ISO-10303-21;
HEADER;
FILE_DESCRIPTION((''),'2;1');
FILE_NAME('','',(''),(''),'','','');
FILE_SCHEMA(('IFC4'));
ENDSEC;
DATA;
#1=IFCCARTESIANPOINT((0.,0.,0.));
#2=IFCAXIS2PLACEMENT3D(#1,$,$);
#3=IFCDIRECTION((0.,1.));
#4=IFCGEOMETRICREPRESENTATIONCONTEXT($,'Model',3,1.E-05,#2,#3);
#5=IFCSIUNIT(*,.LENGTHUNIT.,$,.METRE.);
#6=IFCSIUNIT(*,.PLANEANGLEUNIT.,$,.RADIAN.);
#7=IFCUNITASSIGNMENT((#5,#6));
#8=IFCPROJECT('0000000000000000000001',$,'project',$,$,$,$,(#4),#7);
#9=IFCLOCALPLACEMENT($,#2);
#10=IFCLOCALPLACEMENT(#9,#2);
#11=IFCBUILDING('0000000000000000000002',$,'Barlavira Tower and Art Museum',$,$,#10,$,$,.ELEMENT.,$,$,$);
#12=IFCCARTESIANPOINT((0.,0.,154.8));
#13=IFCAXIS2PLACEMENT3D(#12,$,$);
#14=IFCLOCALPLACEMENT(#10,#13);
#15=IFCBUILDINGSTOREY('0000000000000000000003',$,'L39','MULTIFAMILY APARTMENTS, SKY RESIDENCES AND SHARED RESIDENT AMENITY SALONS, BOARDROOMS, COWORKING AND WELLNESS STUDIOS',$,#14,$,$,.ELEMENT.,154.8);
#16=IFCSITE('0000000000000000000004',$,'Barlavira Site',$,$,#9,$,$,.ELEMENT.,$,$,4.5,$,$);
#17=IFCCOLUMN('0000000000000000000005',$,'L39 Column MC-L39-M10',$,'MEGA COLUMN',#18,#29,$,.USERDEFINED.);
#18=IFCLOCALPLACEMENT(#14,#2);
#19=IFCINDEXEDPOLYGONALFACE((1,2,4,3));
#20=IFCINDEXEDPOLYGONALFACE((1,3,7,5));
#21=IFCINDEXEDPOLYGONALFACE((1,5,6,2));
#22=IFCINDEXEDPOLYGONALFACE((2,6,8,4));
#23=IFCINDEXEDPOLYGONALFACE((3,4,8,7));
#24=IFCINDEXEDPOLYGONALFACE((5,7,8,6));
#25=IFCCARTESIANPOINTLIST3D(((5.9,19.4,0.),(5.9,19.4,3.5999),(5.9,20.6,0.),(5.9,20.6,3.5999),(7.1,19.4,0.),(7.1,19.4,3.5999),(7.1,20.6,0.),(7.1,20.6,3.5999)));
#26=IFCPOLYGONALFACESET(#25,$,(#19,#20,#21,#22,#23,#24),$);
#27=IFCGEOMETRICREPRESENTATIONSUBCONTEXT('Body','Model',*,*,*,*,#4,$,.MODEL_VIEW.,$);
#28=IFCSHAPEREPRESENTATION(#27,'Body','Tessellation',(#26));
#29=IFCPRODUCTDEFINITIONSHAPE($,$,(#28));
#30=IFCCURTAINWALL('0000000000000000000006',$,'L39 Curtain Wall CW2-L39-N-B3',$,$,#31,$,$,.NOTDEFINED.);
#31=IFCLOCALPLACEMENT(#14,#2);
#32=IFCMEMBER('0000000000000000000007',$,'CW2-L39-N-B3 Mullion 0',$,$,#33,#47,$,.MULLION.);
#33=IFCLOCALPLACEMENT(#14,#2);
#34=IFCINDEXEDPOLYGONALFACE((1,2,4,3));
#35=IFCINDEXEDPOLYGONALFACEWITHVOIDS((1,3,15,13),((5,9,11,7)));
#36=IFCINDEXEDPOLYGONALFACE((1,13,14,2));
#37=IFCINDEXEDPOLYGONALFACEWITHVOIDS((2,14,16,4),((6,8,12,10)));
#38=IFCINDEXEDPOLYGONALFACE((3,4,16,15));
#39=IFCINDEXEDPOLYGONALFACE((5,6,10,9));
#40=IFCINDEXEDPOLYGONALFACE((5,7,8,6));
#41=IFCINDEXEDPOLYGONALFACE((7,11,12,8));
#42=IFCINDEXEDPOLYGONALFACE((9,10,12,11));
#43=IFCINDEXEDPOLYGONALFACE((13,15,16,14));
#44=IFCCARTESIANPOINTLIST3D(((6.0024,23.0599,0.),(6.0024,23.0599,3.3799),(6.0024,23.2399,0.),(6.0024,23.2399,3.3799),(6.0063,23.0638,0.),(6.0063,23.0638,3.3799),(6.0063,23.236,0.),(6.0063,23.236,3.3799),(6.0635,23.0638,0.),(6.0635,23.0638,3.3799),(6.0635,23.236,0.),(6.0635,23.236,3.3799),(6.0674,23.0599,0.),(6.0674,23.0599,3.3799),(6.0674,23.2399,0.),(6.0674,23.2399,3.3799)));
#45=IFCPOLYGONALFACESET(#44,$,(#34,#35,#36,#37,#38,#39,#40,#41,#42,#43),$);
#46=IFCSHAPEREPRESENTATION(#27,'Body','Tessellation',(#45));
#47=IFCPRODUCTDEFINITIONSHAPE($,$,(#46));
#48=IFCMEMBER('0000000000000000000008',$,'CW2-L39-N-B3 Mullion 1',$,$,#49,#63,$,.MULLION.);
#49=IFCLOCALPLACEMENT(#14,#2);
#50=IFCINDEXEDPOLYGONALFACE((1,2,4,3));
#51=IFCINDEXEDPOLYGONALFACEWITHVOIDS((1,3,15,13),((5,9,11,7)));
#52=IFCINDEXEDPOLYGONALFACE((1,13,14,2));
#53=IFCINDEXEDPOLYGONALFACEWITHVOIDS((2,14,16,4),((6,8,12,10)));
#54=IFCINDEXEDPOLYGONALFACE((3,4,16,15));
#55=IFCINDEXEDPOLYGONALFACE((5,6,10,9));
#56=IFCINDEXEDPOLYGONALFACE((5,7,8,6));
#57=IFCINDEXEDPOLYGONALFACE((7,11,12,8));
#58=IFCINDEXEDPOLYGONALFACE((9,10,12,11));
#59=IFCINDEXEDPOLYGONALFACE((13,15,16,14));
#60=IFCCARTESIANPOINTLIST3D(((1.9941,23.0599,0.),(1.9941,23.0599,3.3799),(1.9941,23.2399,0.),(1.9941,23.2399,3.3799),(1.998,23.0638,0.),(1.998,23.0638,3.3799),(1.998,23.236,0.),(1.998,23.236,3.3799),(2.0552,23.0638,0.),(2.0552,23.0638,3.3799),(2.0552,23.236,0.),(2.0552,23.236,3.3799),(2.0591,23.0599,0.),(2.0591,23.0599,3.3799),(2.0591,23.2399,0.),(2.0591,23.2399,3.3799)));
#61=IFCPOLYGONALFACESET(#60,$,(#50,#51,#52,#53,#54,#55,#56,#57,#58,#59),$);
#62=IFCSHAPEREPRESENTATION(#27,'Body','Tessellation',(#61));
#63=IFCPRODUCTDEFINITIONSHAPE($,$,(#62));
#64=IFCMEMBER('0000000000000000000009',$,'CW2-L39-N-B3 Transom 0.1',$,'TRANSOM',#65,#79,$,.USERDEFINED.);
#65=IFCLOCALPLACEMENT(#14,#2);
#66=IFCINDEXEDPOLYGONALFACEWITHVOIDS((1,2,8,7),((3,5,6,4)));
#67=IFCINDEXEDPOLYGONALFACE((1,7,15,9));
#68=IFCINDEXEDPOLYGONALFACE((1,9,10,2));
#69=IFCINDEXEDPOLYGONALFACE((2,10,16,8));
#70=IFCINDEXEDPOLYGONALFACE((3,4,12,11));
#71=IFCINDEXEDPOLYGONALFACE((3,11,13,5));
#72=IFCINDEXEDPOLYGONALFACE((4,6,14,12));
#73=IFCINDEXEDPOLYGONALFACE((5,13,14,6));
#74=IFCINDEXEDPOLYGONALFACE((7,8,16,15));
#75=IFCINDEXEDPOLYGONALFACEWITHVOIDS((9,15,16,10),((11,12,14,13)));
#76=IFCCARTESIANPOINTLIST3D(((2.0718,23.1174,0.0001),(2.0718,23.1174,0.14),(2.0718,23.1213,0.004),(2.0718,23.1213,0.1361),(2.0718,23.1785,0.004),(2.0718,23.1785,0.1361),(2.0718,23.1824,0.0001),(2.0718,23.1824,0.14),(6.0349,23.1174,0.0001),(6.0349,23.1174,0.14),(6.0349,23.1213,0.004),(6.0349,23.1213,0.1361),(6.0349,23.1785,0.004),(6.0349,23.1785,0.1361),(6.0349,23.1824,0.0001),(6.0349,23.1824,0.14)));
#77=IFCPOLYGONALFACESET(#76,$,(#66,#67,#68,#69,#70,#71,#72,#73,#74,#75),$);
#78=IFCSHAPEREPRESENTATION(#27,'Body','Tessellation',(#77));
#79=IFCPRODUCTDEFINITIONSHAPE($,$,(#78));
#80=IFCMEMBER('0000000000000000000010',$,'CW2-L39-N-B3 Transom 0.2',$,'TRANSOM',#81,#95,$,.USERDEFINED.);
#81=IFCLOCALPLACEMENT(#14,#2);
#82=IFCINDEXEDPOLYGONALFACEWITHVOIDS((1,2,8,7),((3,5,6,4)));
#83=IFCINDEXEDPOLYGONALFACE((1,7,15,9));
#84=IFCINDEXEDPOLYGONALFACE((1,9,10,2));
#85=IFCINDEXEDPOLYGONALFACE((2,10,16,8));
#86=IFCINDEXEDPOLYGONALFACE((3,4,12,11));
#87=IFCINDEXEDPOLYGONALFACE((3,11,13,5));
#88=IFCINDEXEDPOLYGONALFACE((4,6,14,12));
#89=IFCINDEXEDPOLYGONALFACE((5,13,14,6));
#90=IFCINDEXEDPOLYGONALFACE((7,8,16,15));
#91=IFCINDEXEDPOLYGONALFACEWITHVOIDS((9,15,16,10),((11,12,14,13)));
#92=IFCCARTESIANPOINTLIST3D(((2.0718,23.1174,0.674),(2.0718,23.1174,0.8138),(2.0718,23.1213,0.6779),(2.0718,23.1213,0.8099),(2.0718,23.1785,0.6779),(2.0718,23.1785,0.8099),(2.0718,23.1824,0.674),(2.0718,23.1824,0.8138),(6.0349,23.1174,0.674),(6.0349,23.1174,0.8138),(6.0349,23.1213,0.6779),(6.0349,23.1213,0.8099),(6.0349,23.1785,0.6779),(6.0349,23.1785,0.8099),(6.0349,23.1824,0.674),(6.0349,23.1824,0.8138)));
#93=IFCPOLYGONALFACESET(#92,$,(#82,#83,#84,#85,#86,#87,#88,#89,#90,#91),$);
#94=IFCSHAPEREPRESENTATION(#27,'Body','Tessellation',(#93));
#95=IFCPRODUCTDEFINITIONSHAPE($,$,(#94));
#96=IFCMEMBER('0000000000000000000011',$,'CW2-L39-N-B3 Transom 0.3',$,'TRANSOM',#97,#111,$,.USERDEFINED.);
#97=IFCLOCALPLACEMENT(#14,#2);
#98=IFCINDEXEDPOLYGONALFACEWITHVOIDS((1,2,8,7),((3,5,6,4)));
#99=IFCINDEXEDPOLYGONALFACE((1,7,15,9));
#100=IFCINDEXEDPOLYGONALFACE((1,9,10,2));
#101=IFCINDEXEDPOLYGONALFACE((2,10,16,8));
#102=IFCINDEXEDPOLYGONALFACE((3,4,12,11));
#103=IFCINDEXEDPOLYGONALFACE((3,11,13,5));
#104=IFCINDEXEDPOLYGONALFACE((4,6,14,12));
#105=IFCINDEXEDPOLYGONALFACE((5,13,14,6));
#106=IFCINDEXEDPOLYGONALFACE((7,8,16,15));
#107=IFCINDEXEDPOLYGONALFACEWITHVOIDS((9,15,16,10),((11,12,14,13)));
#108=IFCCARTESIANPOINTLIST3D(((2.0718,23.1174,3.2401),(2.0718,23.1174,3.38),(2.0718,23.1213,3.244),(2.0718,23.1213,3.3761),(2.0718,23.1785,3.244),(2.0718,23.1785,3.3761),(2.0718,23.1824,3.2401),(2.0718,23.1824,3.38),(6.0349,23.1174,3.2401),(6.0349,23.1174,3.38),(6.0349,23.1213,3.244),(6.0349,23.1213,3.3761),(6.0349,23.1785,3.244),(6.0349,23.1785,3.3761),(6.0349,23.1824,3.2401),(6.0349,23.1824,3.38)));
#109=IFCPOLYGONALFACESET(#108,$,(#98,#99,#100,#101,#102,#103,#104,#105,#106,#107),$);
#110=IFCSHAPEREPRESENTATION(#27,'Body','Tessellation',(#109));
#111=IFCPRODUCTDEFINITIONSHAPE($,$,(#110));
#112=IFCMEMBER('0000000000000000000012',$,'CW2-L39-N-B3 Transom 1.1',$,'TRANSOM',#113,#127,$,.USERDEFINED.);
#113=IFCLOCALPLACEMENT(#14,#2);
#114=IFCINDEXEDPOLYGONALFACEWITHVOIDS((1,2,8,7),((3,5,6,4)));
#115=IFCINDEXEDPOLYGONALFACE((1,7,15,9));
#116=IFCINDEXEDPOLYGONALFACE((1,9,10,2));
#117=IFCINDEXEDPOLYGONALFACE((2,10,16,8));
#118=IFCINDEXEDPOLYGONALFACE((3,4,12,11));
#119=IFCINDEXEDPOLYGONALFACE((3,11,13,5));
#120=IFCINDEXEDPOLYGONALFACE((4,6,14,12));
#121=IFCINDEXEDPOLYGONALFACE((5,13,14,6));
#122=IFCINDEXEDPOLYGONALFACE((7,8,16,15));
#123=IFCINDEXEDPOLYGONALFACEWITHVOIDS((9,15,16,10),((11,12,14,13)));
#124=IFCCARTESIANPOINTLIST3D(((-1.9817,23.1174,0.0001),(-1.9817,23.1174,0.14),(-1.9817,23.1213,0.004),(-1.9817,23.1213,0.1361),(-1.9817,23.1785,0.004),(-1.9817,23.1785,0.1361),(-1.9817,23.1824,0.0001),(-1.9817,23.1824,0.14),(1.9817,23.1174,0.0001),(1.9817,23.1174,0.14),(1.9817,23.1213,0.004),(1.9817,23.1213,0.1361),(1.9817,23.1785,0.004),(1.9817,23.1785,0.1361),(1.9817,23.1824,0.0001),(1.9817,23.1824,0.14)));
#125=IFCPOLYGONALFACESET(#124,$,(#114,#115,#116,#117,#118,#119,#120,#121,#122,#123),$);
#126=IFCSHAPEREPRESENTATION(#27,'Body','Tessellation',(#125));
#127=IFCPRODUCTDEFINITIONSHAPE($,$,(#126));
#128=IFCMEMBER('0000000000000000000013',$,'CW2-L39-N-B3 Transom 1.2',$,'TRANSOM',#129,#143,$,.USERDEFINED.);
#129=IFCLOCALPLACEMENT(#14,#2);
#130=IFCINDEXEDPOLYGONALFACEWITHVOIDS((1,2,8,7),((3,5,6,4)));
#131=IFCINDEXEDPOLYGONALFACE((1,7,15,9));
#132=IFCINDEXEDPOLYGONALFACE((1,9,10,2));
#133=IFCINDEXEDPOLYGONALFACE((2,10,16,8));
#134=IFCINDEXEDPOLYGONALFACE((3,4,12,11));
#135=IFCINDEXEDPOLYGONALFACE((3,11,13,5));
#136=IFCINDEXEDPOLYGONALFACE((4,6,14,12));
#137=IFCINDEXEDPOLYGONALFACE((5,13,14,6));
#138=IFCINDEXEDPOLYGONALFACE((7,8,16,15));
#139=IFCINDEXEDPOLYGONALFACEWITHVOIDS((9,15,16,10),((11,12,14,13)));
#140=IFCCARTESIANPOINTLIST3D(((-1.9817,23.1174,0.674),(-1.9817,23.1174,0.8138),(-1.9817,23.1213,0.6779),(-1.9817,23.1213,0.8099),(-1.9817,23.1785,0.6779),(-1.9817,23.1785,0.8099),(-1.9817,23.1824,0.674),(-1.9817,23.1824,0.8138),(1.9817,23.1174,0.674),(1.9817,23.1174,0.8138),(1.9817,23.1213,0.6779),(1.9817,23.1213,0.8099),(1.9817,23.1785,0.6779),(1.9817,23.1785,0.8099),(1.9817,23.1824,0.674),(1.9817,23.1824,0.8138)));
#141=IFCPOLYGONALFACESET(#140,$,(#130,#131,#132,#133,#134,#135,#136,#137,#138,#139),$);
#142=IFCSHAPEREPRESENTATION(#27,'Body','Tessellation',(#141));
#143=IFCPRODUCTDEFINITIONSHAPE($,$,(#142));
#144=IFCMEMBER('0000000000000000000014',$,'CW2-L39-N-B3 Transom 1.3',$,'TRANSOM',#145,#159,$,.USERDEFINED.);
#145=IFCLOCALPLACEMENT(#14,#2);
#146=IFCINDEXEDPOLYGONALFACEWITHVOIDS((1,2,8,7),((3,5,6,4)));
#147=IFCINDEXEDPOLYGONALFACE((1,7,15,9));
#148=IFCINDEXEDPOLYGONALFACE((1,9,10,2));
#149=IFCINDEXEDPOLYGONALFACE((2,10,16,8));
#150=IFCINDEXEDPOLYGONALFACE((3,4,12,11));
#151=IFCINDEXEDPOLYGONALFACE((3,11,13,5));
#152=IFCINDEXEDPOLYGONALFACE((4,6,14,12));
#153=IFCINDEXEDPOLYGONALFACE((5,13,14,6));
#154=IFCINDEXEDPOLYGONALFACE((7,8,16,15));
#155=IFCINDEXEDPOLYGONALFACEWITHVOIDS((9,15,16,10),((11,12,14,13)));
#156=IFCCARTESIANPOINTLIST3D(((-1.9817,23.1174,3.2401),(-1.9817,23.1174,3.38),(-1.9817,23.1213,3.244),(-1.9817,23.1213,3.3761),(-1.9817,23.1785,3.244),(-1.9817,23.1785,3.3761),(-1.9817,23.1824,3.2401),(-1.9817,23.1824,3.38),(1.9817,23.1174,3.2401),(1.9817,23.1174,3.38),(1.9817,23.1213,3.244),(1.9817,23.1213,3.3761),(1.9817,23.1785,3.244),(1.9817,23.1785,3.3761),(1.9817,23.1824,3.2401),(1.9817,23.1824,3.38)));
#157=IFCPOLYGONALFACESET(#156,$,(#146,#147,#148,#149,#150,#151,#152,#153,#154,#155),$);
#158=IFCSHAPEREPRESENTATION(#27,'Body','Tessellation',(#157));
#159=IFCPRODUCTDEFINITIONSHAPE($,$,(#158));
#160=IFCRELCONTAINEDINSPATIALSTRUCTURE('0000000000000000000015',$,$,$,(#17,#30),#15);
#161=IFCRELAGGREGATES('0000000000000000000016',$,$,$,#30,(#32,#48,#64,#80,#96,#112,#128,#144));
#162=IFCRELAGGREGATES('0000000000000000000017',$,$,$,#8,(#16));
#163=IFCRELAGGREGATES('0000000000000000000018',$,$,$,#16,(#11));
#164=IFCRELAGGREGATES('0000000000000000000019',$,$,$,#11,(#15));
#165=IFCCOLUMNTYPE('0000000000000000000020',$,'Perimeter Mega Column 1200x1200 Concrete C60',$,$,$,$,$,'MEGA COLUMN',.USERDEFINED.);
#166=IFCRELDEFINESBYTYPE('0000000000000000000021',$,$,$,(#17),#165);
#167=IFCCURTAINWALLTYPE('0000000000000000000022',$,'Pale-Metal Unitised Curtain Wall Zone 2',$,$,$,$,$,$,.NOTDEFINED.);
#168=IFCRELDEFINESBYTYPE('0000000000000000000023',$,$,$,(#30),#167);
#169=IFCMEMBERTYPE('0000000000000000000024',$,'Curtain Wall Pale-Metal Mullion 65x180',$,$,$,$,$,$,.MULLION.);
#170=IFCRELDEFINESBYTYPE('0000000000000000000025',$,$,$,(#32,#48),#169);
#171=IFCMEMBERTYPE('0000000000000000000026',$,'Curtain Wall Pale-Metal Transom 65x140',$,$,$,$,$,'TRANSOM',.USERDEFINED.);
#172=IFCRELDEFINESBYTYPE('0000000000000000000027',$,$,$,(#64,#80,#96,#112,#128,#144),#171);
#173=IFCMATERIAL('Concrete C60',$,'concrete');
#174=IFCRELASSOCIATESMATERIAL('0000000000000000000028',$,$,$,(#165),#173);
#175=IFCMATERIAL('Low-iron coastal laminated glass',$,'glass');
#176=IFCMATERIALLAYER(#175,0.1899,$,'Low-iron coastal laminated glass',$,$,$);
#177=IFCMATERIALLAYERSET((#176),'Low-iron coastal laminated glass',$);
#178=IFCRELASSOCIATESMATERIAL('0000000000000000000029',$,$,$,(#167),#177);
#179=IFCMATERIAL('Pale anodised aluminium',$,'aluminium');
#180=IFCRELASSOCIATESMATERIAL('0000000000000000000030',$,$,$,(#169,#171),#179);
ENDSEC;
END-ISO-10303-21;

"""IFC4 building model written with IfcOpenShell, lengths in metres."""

from ifc_helpers import new_model, si_unit, direction, frame, origin, origin_2d, place, context, subcontext, project, spatial, rectangle, hollow_rectangle, extrude, material, layer, layer_set, material_profile, profile_set, type_object, element, aggregate, save


model = new_model("IFC4")

# Units and contexts
model_context = context("Model", 3, precision=1e-05, world=origin(), true_north=direction((0.0, 1.0)))
body_context = subcontext(model_context, "Body", "Model", "MODEL_VIEW")
ifc_project = project(units=[si_unit("LENGTHUNIT", "METRE"), si_unit("PLANEANGLEUNIT", "RADIAN")], contexts=[model_context])

# Site, building, storey
site_placement = place(None, origin())
site = spatial("IfcSite", under=ifc_project, at=site_placement, Name="Barlavira Site", CompositionType="ELEMENT", RefElevation=4.5)
building_placement = place(site_placement, origin())
building = spatial("IfcBuilding", under=site, at=building_placement, Name="Barlavira Tower and Art Museum", CompositionType="ELEMENT")
storey_placement = place(building_placement, frame((0.0, 0.0, 154.8)))
storey = spatial("IfcBuildingStorey", under=building, at=storey_placement, Name="L39", Description="MULTIFAMILY APARTMENTS, SKY RESIDENCES AND SHARED RESIDENT AMENITY SALONS, BOARDROOMS, COWORKING AND WELLNESS STUDIOS", CompositionType="ELEMENT", Elevation=154.8)

# Column
ifc_material_1 = material(Name="Concrete C60", Category="concrete")
ifc_material_profile_1 = material_profile(ifc_material_1, rectangle(XDim=1.2, YDim=1.2, at=origin_2d()), Name="RC-COL 1200x1200")
ifc_profile_set_1 = profile_set([ifc_material_profile_1], Name="Concrete C60")
column_type = type_object("IfcColumnType", Name="Perimeter Mega Column 1200x1200 Concrete C60", ElementType="MEGA COLUMN", PredefinedType="USERDEFINED", material=ifc_profile_set_1)
column_placement = place(storey_placement, frame((6.5, 20.0, 0.0), z_axis=(0.0, 0.0, 1.0), x_axis=(1.0, 0.0, 0.0)))
element("IfcColumn", 1, at=column_placement, inside=storey, type_object=column_type, Name="L39 Column MC-L39-M10", ObjectType="MEGA COLUMN", PredefinedType="USERDEFINED", context=body_context, shape_type="SweptSolid", body=[
    extrude(rectangle(XDim=1.2, YDim=1.2, at=origin_2d()), origin(), (0.0, 0.0, 1.0), 3.5999),
])

# Curtain wall, members
ifc_material_2 = material(Name="Low-iron coastal laminated glass", Category="glass")
ifc_layer_1 = layer(ifc_material_2, 0.1899, Name="Low-iron coastal laminated glass")
ifc_layer_set_1 = layer_set([ifc_layer_1], Name="Low-iron coastal laminated glass")
curtain_wall_type = type_object("IfcCurtainWallType", Name="Pale-Metal Unitised Curtain Wall Zone 2", PredefinedType="NOTDEFINED", material=ifc_layer_set_1)
curtain_wall_placement = place(storey_placement, origin())
curtain_wall = element("IfcCurtainWall", 2, at=curtain_wall_placement, inside=storey, type_object=curtain_wall_type, Name="L39 Curtain Wall CW2-L39-N-B3", PredefinedType="NOTDEFINED")
ifc_material_3 = material(Name="Pale anodised aluminium", Category="aluminium")
ifc_material_profile_2 = material_profile(ifc_material_3, hollow_rectangle(XDim=0.0649, YDim=0.1799, WallThickness=0.0039, at=origin_2d()), Name="ALU-MULL 65x180x4")
ifc_profile_set_2 = profile_set([ifc_material_profile_2], Name="Pale anodised aluminium")
member_type_1 = type_object("IfcMemberType", Name="Curtain Wall Pale-Metal Mullion 65x180", PredefinedType="MULLION", material=ifc_profile_set_2)
member_1_placement = place(storey_placement, frame((6.0349, 23.1499, 0.0), z_axis=(0.0, 0.0, 1.0), x_axis=(-1.0, 0.0, 0.0)))
member_1 = element("IfcMember", 3, at=member_1_placement, type_object=member_type_1, Name="CW2-L39-N-B3 Mullion 0", PredefinedType="MULLION", context=body_context, shape_type="SweptSolid", body=[
    extrude(hollow_rectangle(XDim=0.0649, YDim=0.1799, WallThickness=0.0039, at=origin_2d()), origin(), (0.0, 0.0, 1.0), 3.3799),
])
member_2_placement = place(storey_placement, frame((2.0266, 23.1499, 0.0), z_axis=(0.0, 0.0, 1.0), x_axis=(-1.0, 0.0, 0.0)))
member_2 = element("IfcMember", 4, at=member_2_placement, type_object=member_type_1, Name="CW2-L39-N-B3 Mullion 1", PredefinedType="MULLION", context=body_context, shape_type="SweptSolid", body=[
    extrude(hollow_rectangle(XDim=0.0649, YDim=0.1799, WallThickness=0.0039, at=origin_2d()), origin(), (0.0, 0.0, 1.0), 3.3799),
])
ifc_material_profile_3 = material_profile(ifc_material_3, hollow_rectangle(XDim=0.0649, YDim=0.1399, WallThickness=0.0039, at=origin_2d()), Name="ALU-TRAN 65x140x4")
ifc_profile_set_3 = profile_set([ifc_material_profile_3], Name="Pale anodised aluminium")
member_type_2 = type_object("IfcMemberType", Name="Curtain Wall Pale-Metal Transom 65x140", ElementType="TRANSOM", PredefinedType="USERDEFINED", material=ifc_profile_set_3)
member_3_placement = place(storey_placement, frame((6.0349, 23.1499, 0.0701), z_axis=(-1.0, 0.0, 0.0), x_axis=(0.0, -1.0, 0.0)))
member_3 = element("IfcMember", 5, at=member_3_placement, type_object=member_type_2, Name="CW2-L39-N-B3 Transom 0.1", ObjectType="TRANSOM", PredefinedType="USERDEFINED", context=body_context, shape_type="SweptSolid", body=[
    extrude(hollow_rectangle(XDim=0.0649, YDim=0.1399, WallThickness=0.0039, at=origin_2d()), origin(), (0.0, 0.0, 1.0), 3.9631),
])
member_4_placement = place(storey_placement, frame((6.0349, 23.1499, 0.7439), z_axis=(-1.0, 0.0, 0.0), x_axis=(0.0, -1.0, 0.0)))
member_4 = element("IfcMember", 6, at=member_4_placement, type_object=member_type_2, Name="CW2-L39-N-B3 Transom 0.2", ObjectType="TRANSOM", PredefinedType="USERDEFINED", context=body_context, shape_type="SweptSolid", body=[
    extrude(hollow_rectangle(XDim=0.0649, YDim=0.1399, WallThickness=0.0039, at=origin_2d()), origin(), (0.0, 0.0, 1.0), 3.9631),
])
member_5_placement = place(storey_placement, frame((6.0349, 23.1499, 3.3101), z_axis=(-1.0, 0.0, 0.0), x_axis=(0.0, -1.0, 0.0)))
member_5 = element("IfcMember", 7, at=member_5_placement, type_object=member_type_2, Name="CW2-L39-N-B3 Transom 0.3", ObjectType="TRANSOM", PredefinedType="USERDEFINED", context=body_context, shape_type="SweptSolid", body=[
    extrude(hollow_rectangle(XDim=0.0649, YDim=0.1399, WallThickness=0.0039, at=origin_2d()), origin(), (0.0, 0.0, 1.0), 3.9631),
])
member_6_placement = place(storey_placement, frame((1.9817, 23.1499, 0.0701), z_axis=(-1.0, 0.0, 0.0), x_axis=(0.0, -1.0, 0.0)))
member_6 = element("IfcMember", 8, at=member_6_placement, type_object=member_type_2, Name="CW2-L39-N-B3 Transom 1.1", ObjectType="TRANSOM", PredefinedType="USERDEFINED", context=body_context, shape_type="SweptSolid", body=[
    extrude(hollow_rectangle(XDim=0.0649, YDim=0.1399, WallThickness=0.0039, at=origin_2d()), origin(), (0.0, 0.0, 1.0), 3.9634),
])
member_7_placement = place(storey_placement, frame((1.9817, 23.1499, 0.7439), z_axis=(-1.0, 0.0, 0.0), x_axis=(0.0, -1.0, 0.0)))
member_7 = element("IfcMember", 9, at=member_7_placement, type_object=member_type_2, Name="CW2-L39-N-B3 Transom 1.2", ObjectType="TRANSOM", PredefinedType="USERDEFINED", context=body_context, shape_type="SweptSolid", body=[
    extrude(hollow_rectangle(XDim=0.0649, YDim=0.1399, WallThickness=0.0039, at=origin_2d()), origin(), (0.0, 0.0, 1.0), 3.9634),
])
member_8_placement = place(storey_placement, frame((1.9817, 23.1499, 3.3101), z_axis=(-1.0, 0.0, 0.0), x_axis=(0.0, -1.0, 0.0)))
member_8 = element("IfcMember", 10, at=member_8_placement, type_object=member_type_2, Name="CW2-L39-N-B3 Transom 1.3", ObjectType="TRANSOM", PredefinedType="USERDEFINED", context=body_context, shape_type="SweptSolid", body=[
    extrude(hollow_rectangle(XDim=0.0649, YDim=0.1399, WallThickness=0.0039, at=origin_2d()), origin(), (0.0, 0.0, 1.0), 3.9634),
])

aggregate(curtain_wall, [member_1, member_2, member_3, member_4, member_5, member_6, member_7, member_8])

save(model, "model.ifc")
